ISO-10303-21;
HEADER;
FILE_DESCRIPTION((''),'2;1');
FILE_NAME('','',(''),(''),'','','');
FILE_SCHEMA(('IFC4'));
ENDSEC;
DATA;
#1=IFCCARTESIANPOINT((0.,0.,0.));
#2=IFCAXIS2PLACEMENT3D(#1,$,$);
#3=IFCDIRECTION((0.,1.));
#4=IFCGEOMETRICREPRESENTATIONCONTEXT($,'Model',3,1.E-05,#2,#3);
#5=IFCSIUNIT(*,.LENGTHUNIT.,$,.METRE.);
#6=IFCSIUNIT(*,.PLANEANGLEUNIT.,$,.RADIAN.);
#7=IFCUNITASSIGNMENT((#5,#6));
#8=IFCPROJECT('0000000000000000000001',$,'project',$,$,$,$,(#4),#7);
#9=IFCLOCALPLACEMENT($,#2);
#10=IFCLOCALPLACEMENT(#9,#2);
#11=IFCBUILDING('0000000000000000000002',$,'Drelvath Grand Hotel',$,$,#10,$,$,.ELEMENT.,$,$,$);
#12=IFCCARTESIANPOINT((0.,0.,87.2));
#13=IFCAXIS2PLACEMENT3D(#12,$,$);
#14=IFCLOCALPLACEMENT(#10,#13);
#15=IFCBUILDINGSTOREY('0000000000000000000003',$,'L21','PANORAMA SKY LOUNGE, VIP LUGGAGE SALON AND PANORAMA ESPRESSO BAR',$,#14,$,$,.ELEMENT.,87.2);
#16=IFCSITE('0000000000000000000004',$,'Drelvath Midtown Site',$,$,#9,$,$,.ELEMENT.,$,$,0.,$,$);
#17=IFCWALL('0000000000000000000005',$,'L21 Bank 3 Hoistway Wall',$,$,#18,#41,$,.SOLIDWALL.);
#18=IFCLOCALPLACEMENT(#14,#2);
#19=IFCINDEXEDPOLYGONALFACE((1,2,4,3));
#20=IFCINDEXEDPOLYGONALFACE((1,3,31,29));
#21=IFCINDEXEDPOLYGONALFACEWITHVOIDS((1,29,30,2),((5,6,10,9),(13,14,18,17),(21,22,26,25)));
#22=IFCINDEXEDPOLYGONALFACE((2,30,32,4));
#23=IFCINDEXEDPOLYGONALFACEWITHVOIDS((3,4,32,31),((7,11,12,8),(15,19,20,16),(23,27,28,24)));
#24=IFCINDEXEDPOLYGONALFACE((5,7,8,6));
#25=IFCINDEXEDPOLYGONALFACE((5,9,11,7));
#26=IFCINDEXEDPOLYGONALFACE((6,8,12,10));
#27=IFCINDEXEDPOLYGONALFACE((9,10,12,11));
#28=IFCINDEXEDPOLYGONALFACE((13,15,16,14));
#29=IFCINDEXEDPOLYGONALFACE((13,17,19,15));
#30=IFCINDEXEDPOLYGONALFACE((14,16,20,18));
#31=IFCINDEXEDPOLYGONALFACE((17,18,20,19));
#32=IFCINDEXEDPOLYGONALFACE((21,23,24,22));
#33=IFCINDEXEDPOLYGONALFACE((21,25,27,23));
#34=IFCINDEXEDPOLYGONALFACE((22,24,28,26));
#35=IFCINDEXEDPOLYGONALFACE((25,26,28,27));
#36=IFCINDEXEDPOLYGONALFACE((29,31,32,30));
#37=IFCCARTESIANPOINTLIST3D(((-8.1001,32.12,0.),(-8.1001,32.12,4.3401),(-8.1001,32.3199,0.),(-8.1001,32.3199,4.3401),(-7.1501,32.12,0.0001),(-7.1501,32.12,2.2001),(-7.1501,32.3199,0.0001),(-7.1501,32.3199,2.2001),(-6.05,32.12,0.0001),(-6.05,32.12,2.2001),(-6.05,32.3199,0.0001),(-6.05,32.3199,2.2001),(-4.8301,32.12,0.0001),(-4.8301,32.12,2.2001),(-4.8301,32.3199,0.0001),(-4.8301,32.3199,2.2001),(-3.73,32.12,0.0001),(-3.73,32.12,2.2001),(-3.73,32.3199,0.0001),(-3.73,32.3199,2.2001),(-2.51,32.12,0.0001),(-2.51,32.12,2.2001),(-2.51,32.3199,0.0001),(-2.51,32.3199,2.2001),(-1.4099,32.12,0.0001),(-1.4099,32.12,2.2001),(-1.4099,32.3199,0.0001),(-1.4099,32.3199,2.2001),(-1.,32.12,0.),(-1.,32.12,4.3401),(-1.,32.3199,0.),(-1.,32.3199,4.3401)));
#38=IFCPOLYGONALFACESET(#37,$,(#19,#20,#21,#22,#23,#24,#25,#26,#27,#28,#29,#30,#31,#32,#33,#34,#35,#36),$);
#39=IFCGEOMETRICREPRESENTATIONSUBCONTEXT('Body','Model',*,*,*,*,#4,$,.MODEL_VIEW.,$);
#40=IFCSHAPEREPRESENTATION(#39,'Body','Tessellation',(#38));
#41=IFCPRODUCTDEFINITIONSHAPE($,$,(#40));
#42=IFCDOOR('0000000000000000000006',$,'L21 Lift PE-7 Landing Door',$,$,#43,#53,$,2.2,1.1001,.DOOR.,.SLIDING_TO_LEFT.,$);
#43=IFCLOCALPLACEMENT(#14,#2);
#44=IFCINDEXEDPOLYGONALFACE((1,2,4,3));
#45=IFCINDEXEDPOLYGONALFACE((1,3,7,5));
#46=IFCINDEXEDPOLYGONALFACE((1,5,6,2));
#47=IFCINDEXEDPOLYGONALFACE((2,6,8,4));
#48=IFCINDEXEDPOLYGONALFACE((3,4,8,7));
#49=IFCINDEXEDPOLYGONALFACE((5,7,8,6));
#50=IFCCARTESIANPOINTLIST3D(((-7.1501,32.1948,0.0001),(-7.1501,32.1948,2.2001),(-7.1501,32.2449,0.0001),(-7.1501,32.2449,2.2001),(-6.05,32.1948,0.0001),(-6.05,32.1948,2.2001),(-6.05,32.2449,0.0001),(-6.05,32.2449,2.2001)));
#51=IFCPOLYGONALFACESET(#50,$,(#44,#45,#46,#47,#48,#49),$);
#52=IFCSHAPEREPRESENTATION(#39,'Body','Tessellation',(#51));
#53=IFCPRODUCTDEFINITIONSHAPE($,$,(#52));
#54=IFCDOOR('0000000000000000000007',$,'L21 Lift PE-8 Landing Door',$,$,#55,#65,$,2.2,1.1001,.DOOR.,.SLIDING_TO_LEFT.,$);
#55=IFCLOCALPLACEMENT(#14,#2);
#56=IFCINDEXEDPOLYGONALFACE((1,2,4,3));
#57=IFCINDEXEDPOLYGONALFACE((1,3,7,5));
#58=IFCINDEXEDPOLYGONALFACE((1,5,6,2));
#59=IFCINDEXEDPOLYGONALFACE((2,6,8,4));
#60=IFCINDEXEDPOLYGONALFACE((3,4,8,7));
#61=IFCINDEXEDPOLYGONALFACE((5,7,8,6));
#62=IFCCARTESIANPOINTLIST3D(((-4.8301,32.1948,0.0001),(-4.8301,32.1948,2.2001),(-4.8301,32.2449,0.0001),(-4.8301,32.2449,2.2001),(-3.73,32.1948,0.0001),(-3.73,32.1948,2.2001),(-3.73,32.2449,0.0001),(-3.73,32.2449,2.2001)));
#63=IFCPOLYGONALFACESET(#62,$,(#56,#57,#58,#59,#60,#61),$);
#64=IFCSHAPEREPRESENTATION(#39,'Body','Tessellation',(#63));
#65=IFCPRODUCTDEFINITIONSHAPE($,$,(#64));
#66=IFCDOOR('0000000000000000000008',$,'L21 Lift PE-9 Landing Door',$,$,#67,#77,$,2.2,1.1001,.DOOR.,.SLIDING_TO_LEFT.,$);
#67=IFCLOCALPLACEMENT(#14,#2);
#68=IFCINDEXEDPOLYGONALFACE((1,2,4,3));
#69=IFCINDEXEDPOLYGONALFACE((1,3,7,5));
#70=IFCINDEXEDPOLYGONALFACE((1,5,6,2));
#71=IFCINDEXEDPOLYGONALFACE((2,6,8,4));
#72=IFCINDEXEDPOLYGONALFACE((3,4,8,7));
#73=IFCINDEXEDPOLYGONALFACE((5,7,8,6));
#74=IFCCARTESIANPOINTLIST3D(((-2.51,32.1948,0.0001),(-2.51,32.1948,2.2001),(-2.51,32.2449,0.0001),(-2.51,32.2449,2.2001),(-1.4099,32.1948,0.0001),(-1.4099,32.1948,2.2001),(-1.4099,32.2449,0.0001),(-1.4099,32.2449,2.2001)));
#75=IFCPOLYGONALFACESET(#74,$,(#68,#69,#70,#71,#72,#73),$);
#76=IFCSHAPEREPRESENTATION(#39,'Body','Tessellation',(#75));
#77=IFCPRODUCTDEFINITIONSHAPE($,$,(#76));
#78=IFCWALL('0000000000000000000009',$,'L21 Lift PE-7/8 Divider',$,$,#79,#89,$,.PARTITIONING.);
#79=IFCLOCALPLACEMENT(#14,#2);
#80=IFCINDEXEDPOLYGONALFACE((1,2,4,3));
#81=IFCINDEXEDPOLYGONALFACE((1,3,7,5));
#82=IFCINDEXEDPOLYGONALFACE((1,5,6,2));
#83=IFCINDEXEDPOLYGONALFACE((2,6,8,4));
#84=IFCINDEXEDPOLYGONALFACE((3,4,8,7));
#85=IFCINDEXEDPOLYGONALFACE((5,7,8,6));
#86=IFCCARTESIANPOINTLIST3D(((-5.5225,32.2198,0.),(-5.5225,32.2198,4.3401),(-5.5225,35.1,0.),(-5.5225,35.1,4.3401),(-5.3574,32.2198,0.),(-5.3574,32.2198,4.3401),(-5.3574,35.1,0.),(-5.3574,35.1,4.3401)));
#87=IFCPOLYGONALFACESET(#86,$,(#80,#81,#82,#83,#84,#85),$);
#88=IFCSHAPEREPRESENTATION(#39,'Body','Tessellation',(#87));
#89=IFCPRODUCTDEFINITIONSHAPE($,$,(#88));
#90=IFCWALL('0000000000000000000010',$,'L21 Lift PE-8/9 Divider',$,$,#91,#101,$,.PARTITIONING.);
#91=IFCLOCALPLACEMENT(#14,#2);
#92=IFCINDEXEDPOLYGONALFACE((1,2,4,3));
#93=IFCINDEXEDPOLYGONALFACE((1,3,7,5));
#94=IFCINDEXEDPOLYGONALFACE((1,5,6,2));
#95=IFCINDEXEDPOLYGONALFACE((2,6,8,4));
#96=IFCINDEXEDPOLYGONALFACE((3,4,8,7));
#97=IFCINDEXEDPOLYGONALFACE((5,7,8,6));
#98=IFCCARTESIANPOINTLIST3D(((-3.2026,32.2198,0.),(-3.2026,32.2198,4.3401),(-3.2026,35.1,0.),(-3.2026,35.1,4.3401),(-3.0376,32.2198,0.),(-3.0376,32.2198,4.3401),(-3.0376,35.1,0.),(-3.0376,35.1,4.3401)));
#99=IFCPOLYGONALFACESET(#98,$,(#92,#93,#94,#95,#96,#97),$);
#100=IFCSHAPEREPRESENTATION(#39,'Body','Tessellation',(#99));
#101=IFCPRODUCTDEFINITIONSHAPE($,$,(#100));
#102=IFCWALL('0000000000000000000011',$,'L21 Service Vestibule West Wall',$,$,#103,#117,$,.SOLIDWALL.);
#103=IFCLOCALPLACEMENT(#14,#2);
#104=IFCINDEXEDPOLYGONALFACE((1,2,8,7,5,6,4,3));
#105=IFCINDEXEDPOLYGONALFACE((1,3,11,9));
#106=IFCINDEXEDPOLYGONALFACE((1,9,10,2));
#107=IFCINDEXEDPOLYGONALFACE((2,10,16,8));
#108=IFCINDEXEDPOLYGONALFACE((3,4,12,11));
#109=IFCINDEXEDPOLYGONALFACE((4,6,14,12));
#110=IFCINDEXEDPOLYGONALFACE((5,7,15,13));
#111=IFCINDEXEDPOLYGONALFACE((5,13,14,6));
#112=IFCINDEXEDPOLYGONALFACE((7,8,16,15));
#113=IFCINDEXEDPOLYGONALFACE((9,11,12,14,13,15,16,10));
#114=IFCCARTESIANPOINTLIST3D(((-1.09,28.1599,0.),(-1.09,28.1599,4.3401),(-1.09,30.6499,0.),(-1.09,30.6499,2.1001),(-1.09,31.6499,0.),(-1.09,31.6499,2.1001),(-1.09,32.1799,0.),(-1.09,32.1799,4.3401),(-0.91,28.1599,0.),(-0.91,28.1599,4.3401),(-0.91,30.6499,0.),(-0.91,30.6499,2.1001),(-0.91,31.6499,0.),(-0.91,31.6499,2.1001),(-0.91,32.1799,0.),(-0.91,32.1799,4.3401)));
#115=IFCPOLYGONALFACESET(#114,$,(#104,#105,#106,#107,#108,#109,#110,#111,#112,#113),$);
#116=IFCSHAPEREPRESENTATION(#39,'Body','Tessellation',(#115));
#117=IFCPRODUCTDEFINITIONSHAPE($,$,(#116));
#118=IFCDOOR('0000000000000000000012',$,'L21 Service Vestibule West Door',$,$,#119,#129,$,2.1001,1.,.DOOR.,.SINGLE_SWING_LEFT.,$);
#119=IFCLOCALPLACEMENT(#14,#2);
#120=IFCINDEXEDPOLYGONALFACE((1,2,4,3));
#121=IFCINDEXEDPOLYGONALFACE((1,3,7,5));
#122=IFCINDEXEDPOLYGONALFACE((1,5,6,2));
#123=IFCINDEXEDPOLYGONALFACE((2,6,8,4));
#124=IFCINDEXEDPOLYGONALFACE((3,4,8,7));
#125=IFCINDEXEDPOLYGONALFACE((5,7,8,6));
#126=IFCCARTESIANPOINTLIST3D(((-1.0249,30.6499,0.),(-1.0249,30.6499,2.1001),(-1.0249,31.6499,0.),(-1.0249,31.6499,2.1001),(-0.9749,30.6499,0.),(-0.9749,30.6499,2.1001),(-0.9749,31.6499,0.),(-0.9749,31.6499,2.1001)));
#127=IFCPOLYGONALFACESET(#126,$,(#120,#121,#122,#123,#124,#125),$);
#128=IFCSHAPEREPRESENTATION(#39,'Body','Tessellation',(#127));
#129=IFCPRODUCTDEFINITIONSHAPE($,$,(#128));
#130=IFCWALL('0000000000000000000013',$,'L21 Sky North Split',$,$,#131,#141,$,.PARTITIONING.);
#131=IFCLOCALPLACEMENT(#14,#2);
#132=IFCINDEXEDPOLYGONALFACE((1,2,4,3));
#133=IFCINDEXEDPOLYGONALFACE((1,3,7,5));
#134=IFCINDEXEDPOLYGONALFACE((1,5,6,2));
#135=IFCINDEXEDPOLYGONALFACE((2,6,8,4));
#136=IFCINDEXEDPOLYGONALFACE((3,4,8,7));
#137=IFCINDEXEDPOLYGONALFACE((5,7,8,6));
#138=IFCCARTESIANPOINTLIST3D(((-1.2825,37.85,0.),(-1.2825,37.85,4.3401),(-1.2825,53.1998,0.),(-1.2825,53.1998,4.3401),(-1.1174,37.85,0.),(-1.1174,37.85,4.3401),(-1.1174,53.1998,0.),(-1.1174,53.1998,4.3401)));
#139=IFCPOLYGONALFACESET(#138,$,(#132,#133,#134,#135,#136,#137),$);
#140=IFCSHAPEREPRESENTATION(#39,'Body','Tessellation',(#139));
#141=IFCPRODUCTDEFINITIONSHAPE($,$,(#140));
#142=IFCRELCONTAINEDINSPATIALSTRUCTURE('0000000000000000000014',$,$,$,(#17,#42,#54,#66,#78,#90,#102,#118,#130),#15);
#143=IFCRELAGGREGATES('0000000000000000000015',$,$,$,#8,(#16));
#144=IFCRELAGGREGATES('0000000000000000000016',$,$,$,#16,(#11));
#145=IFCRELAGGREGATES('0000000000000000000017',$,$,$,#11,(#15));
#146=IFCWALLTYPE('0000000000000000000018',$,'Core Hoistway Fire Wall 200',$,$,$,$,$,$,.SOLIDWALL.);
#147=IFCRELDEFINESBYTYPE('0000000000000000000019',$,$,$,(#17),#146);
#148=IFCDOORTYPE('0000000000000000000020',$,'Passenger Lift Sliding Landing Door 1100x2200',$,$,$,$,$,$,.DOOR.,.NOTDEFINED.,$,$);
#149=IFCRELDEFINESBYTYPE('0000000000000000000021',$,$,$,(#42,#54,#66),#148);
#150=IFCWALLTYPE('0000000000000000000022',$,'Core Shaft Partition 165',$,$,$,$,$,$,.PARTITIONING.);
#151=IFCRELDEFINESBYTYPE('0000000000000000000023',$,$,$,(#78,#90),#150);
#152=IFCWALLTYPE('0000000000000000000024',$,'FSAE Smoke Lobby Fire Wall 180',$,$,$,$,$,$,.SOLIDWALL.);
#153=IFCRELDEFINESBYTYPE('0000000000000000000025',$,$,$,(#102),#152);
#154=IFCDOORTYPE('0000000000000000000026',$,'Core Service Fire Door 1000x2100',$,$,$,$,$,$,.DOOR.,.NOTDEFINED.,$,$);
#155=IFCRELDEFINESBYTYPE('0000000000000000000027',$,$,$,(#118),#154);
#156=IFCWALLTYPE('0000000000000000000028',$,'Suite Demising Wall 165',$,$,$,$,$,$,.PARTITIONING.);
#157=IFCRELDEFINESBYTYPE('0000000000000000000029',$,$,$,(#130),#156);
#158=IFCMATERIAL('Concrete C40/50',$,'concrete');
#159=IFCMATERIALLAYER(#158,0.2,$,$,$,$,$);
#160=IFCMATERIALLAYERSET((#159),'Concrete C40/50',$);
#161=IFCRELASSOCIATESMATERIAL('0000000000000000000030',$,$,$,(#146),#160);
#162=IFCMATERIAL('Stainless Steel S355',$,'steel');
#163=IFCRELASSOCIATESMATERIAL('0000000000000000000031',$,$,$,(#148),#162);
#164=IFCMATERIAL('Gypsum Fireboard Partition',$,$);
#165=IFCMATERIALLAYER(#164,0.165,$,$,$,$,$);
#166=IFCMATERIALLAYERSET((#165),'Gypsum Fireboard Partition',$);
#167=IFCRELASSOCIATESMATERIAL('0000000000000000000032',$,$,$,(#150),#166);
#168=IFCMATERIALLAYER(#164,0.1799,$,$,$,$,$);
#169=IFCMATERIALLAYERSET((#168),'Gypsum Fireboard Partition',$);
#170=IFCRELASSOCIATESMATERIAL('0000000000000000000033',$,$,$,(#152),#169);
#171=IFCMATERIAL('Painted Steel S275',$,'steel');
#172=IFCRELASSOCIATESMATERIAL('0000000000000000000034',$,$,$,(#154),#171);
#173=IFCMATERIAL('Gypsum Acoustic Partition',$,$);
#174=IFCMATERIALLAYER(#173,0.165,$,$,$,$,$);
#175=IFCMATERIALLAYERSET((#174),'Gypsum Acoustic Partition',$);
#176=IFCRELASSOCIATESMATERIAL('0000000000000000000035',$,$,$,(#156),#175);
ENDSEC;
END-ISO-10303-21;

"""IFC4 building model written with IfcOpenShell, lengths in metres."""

from ifc_helpers import new_model, si_unit, direction, frame, frame_2d, origin, place, context, subcontext, project, spatial, rectangle, extrude, material, layer, layer_set, type_object, element, fill, save


model = new_model("IFC4")

# Units and contexts
model_context = context("Model", 3, precision=1e-05, world=origin(), true_north=direction((0.0, 1.0)))
body_context = subcontext(model_context, "Body", "Model", "MODEL_VIEW")
ifc_project = project(units=[si_unit("LENGTHUNIT", "METRE"), si_unit("PLANEANGLEUNIT", "RADIAN")], contexts=[model_context])

# Site, building, storey
site_placement = place(None, origin())
site = spatial("IfcSite", under=ifc_project, at=site_placement, Name="Drelvath Midtown Site", CompositionType="ELEMENT", RefElevation=0.0)
building_placement = place(site_placement, origin())
building = spatial("IfcBuilding", under=site, at=building_placement, Name="Drelvath Grand Hotel", CompositionType="ELEMENT")
storey_placement = place(building_placement, frame((0.0, 0.0, 87.2)))
storey = spatial("IfcBuildingStorey", under=building, at=storey_placement, Name="L21", Description="PANORAMA SKY LOUNGE, VIP LUGGAGE SALON AND PANORAMA ESPRESSO BAR", CompositionType="ELEMENT", Elevation=87.2)

# Shared definitions
ifc_material_1 = material(Name="Painted Steel S275", Category="steel")

# Shared definitions
ifc_material_2 = material(Name="Concrete C40/50", Category="concrete")
ifc_layer_1 = layer(ifc_material_2, 0.2)
ifc_layer_set_1 = layer_set([ifc_layer_1], Name="Concrete C40/50")
wall_type_1 = type_object("IfcWallType", Name="Core Hoistway Fire Wall 200", PredefinedType="SOLIDWALL", material=ifc_layer_set_1)
ifc_material_3 = material(Name="Stainless Steel S355", Category="steel")

# Wall, openings, doors
wall_1_placement = place(storey_placement, frame((-8.1001, 32.22, 0.0), z_axis=(0.0, 0.0, 1.0), x_axis=(1.0, 0.0, 0.0)))
wall_1 = element("IfcWall", 1, at=wall_1_placement, inside=storey, type_object=wall_type_1, Name="L21 Bank 3 Hoistway Wall", PredefinedType="SOLIDWALL", context=body_context, shape_type="SweptSolid", body=[
    extrude(rectangle(XDim=7.1001, YDim=0.2, at=frame_2d((3.55, 0.0))), origin(), (0.0, 0.0, 1.0), 4.3401),
])
opening_1_placement = place(wall_1_placement, frame((0.95, 0.0, 0.0)))
opening_1 = element("IfcOpeningElement", 2, at=opening_1_placement, cuts=wall_1, PredefinedType="OPENING", context=body_context, shape_type="SweptSolid", body=[
    extrude(rectangle(XDim=1.1001, YDim=2.2, at=frame_2d((0.55, 1.1001))), frame((0.0, 0.1099, 0.0), z_axis=(0.0, -1.0, 0.0), x_axis=(1.0, 0.0, 0.0)), (0.0, 0.0, 1.0), 0.22),
])
opening_2_placement = place(wall_1_placement, frame((3.27, 0.0, 0.0)))
opening_2 = element("IfcOpeningElement", 3, at=opening_2_placement, cuts=wall_1, PredefinedType="OPENING", context=body_context, shape_type="SweptSolid", body=[
    extrude(rectangle(XDim=1.1001, YDim=2.2, at=frame_2d((0.55, 1.1001))), frame((0.0, 0.1099, 0.0), z_axis=(0.0, -1.0, 0.0), x_axis=(1.0, 0.0, 0.0)), (0.0, 0.0, 1.0), 0.22),
])
opening_3_placement = place(wall_1_placement, frame((5.5901, 0.0, 0.0)))
opening_3 = element("IfcOpeningElement", 4, at=opening_3_placement, cuts=wall_1, PredefinedType="OPENING", context=body_context, shape_type="SweptSolid", body=[
    extrude(rectangle(XDim=1.1001, YDim=2.2, at=frame_2d((0.55, 1.1001))), frame((0.0, 0.1099, 0.0), z_axis=(0.0, -1.0, 0.0), x_axis=(1.0, 0.0, 0.0)), (0.0, 0.0, 1.0), 0.22),
])
door_type_1 = type_object("IfcDoorType", Name="Passenger Lift Sliding Landing Door 1100x2200", OperationType="NOTDEFINED", PredefinedType="DOOR", material=ifc_material_3)
door_1_placement = place(opening_1_placement, origin())
door_1 = element("IfcDoor", 5, at=door_1_placement, inside=storey, type_object=door_type_1, Name="L21 Lift PE-7 Landing Door", OperationType="SLIDING_TO_LEFT", OverallHeight=2.2, OverallWidth=1.1001, PredefinedType="DOOR", context=body_context, shape_type="SweptSolid", body=[
    extrude(rectangle(XDim=1.1001, YDim=2.2, at=frame_2d((0.55, 1.1001))), frame((0.0, 0.0249, 0.0), z_axis=(0.0, -1.0, 0.0), x_axis=(1.0, 0.0, 0.0)), (0.0, 0.0, 1.0), 0.05),
])
fill(opening_1, door_1)
door_2_placement = place(opening_2_placement, origin())
door_2 = element("IfcDoor", 6, at=door_2_placement, inside=storey, type_object=door_type_1, Name="L21 Lift PE-8 Landing Door", OperationType="SLIDING_TO_LEFT", OverallHeight=2.2, OverallWidth=1.1001, PredefinedType="DOOR", context=body_context, shape_type="SweptSolid", body=[
    extrude(rectangle(XDim=1.1001, YDim=2.2, at=frame_2d((0.55, 1.1001))), frame((0.0, 0.0249, 0.0), z_axis=(0.0, -1.0, 0.0), x_axis=(1.0, 0.0, 0.0)), (0.0, 0.0, 1.0), 0.05),
])
fill(opening_2, door_2)
door_3_placement = place(opening_3_placement, origin())
door_3 = element("IfcDoor", 7, at=door_3_placement, inside=storey, type_object=door_type_1, Name="L21 Lift PE-9 Landing Door", OperationType="SLIDING_TO_LEFT", OverallHeight=2.2, OverallWidth=1.1001, PredefinedType="DOOR", context=body_context, shape_type="SweptSolid", body=[
    extrude(rectangle(XDim=1.1001, YDim=2.2, at=frame_2d((0.55, 1.1001))), frame((0.0, 0.0249, 0.0), z_axis=(0.0, -1.0, 0.0), x_axis=(1.0, 0.0, 0.0)), (0.0, 0.0, 1.0), 0.05),
])
fill(opening_3, door_3)

# Walls
ifc_material_4 = material(Name="Gypsum Fireboard Partition")
ifc_layer_2 = layer(ifc_material_4, 0.165)
ifc_layer_set_2 = layer_set([ifc_layer_2], Name="Gypsum Fireboard Partition")
wall_type_2 = type_object("IfcWallType", Name="Core Shaft Partition 165", PredefinedType="PARTITIONING", material=ifc_layer_set_2)
for number, where, z_axis, x_axis, name in (
    (8, (-5.4399, 32.22, 0.0), (0.0, 0.0, 1.0), (0.0, 1.0, 0.0), "L21 Lift PE-7/8 Divider"),
    (9, (-3.1201, 32.22, 0.0), (0.0, 0.0, 1.0), (0.0, 1.0, 0.0), "L21 Lift PE-8/9 Divider"),
):
    element("IfcWall", number, at=place(storey_placement, frame(where, z_axis=z_axis, x_axis=x_axis)), inside=storey, type_object=wall_type_2, Name=name, PredefinedType="PARTITIONING", context=body_context, shape_type="SweptSolid", body=[
        extrude(rectangle(XDim=2.8801, YDim=0.165, at=frame_2d((1.4399, 0.0))), origin(), (0.0, 0.0, 1.0), 4.3401),
    ])

# Wall, opening, door
ifc_layer_3 = layer(ifc_material_4, 0.1799)
ifc_layer_set_3 = layer_set([ifc_layer_3], Name="Gypsum Fireboard Partition")
wall_type_3 = type_object("IfcWallType", Name="FSAE Smoke Lobby Fire Wall 180", PredefinedType="SOLIDWALL", material=ifc_layer_set_3)
wall_2_placement = place(storey_placement, frame((-1.0, 28.1599, 0.0), z_axis=(0.0, 0.0, 1.0), x_axis=(0.0, 1.0, 0.0)))
wall_2 = element("IfcWall", 10, at=wall_2_placement, inside=storey, type_object=wall_type_3, Name="L21 Service Vestibule West Wall", PredefinedType="SOLIDWALL", context=body_context, shape_type="SweptSolid", body=[
    extrude(rectangle(XDim=4.02, YDim=0.1799, at=frame_2d((2.01, 0.0))), origin(), (0.0, 0.0, 1.0), 4.3401),
])
opening_4_placement = place(wall_2_placement, frame((2.49, 0.0, 0.0)))
opening_4 = element("IfcOpeningElement", 11, at=opening_4_placement, cuts=wall_2, PredefinedType="OPENING", context=body_context, shape_type="SweptSolid", body=[
    extrude(rectangle(XDim=1.0, YDim=2.1001, at=frame_2d((0.5, 1.05))), frame((0.0, 0.0999, 0.0), z_axis=(0.0, -1.0, 0.0), x_axis=(1.0, 0.0, 0.0)), (0.0, 0.0, 1.0), 0.2),
])
door_type_2 = type_object("IfcDoorType", Name="Core Service Fire Door 1000x2100", OperationType="NOTDEFINED", PredefinedType="DOOR", material=ifc_material_1)
door_4_placement = place(opening_4_placement, origin())
door_4 = element("IfcDoor", 12, at=door_4_placement, inside=storey, type_object=door_type_2, Name="L21 Service Vestibule West Door", OperationType="SINGLE_SWING_LEFT", OverallHeight=2.1001, OverallWidth=1.0, PredefinedType="DOOR", context=body_context, shape_type="SweptSolid", body=[
    extrude(rectangle(XDim=1.0, YDim=2.1001, at=frame_2d((0.5, 1.05))), frame((0.0, 0.0249, 0.0), z_axis=(0.0, -1.0, 0.0), x_axis=(1.0, 0.0, 0.0)), (0.0, 0.0, 1.0), 0.05),
])
fill(opening_4, door_4)

# Wall
ifc_material_5 = material(Name="Gypsum Acoustic Partition")
ifc_layer_4 = layer(ifc_material_5, 0.165)
ifc_layer_set_4 = layer_set([ifc_layer_4], Name="Gypsum Acoustic Partition")
wall_type_4 = type_object("IfcWallType", Name="Suite Demising Wall 165", PredefinedType="PARTITIONING", material=ifc_layer_set_4)
wall_3_placement = place(storey_placement, frame((-1.2, 37.8501, 0.0), z_axis=(0.0, 0.0, 1.0), x_axis=(0.0, 1.0, 0.0)))
element("IfcWall", 13, at=wall_3_placement, inside=storey, type_object=wall_type_4, Name="L21 Sky North Split", PredefinedType="PARTITIONING", context=body_context, shape_type="SweptSolid", body=[
    extrude(rectangle(XDim=15.3499, YDim=0.165, at=frame_2d((7.6748, 0.0))), origin(), (0.0, 0.0, 1.0), 4.3401),
])

save(model, "model.ifc")
